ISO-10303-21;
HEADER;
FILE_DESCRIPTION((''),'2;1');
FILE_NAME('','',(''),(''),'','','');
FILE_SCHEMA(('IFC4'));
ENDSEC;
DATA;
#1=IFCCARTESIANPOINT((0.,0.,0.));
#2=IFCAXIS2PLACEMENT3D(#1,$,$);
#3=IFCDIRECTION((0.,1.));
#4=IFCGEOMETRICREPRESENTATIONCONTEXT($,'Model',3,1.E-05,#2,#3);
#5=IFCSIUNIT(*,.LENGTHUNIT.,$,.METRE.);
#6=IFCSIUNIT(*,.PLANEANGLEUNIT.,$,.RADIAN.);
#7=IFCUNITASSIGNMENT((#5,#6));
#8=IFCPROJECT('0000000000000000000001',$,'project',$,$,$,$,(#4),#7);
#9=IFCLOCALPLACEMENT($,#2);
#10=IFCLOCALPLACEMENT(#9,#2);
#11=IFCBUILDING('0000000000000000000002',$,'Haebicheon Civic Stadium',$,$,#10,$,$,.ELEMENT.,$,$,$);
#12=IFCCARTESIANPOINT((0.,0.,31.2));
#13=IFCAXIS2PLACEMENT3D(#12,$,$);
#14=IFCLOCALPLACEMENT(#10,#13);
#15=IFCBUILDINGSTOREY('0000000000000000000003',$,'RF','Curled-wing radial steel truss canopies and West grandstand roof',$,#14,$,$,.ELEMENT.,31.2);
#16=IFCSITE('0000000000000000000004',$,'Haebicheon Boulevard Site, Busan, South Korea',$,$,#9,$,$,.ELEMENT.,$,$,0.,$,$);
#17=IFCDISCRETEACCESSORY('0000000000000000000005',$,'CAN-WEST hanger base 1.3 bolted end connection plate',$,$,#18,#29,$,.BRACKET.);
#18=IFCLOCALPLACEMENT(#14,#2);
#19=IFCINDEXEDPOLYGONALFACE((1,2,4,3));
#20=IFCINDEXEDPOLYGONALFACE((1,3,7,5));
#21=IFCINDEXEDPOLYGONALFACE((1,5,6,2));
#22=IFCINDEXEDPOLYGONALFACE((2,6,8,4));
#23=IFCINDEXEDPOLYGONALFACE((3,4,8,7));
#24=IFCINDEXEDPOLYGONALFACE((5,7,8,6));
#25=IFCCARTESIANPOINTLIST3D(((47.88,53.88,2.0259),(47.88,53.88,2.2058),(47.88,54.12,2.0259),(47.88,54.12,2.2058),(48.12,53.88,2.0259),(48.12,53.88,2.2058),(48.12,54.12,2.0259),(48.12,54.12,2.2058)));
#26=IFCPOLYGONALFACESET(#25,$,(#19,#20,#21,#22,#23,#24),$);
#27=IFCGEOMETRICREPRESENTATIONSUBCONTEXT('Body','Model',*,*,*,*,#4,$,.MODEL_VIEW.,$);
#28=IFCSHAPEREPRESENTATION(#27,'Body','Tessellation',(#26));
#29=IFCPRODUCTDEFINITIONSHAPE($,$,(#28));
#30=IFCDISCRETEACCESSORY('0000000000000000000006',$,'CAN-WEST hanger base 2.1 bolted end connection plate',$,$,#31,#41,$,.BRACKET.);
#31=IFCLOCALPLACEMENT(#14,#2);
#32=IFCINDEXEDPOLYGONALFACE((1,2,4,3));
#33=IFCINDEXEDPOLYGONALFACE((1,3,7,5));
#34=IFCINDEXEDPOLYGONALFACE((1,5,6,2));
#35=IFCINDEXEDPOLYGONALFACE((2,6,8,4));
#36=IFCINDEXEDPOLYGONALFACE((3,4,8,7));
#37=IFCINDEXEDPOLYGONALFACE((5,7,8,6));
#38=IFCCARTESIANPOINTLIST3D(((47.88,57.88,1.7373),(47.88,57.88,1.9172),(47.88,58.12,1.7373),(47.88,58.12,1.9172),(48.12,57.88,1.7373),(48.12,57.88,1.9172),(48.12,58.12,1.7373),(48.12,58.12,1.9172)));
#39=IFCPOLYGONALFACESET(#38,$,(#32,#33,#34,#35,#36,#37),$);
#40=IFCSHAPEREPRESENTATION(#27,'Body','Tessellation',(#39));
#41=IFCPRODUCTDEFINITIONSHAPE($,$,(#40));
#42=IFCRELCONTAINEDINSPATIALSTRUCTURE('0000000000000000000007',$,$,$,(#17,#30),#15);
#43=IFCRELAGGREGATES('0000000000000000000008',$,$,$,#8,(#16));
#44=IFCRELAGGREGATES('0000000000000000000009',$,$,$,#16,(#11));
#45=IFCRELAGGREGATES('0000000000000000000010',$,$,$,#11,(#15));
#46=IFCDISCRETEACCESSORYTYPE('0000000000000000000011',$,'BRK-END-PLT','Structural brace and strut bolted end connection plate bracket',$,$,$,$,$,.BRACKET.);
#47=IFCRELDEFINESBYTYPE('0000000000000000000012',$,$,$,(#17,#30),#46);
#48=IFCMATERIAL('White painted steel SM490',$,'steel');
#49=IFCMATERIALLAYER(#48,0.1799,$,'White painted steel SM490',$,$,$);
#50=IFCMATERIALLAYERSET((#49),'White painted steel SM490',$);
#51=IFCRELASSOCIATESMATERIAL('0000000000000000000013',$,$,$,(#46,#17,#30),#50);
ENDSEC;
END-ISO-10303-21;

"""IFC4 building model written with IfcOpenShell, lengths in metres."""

from ifc_helpers import new_model, si_unit, direction, frame, origin, origin_2d, place, context, subcontext, project, spatial, rectangle, extrude, material, layer, layer_set, type_object, element, save


model = new_model("IFC4")

# Units and contexts
model_context = context("Model", 3, precision=1e-05, world=origin(), true_north=direction((0.0, 1.0)))
body_context = subcontext(model_context, "Body", "Model", "MODEL_VIEW")
ifc_project = project(units=[si_unit("LENGTHUNIT", "METRE"), si_unit("PLANEANGLEUNIT", "RADIAN")], contexts=[model_context])

# Site, building, storey
site_placement = place(None, origin())
site = spatial("IfcSite", under=ifc_project, at=site_placement, Name="Haebicheon Boulevard Site, Busan, South Korea", CompositionType="ELEMENT", RefElevation=0.0)
building_placement = place(site_placement, origin())
building = spatial("IfcBuilding", under=site, at=building_placement, Name="Haebicheon Civic Stadium", CompositionType="ELEMENT")
storey_placement = place(building_placement, frame((0.0, 0.0, 31.2)))
storey = spatial("IfcBuildingStorey", under=building, at=storey_placement, Name="RF", Description="Curled-wing radial steel truss canopies and West grandstand roof", CompositionType="ELEMENT", Elevation=31.2)

# Discrete accessories
ifc_material_1 = material(Name="White painted steel SM490", Category="steel")
ifc_layer_1 = layer(ifc_material_1, 0.1799, Name="White painted steel SM490")
ifc_layer_set_1 = layer_set([ifc_layer_1], Name="White painted steel SM490")
discrete_accessory_type = type_object("IfcDiscreteAccessoryType", Name="BRK-END-PLT", Description="Structural brace and strut bolted end connection plate bracket", PredefinedType="BRACKET", material=ifc_layer_set_1)
for number, where, z_axis, x_axis, name in (
    (1, (48.0, 54.0, 2.0259), (0.0, 0.0, 1.0), (1.0, 0.0, 0.0), "CAN-WEST hanger base 1.3 bolted end connection plate"),
    (2, (48.0, 58.0, 1.7373), (0.0, 0.0, 1.0), (1.0, 0.0, 0.0), "CAN-WEST hanger base 2.1 bolted end connection plate"),
):
    element("IfcDiscreteAccessory", number, at=place(storey_placement, frame(where, z_axis=z_axis, x_axis=x_axis)), inside=storey, type_object=discrete_accessory_type, material=ifc_layer_set_1, Name=name, PredefinedType="BRACKET", context=body_context, shape_type="SweptSolid", body=[
        extrude(rectangle(XDim=0.24, YDim=0.24, at=origin_2d()), origin(), (0.0, 0.0, 1.0), 0.1799),
    ])

save(model, "model.ifc")
